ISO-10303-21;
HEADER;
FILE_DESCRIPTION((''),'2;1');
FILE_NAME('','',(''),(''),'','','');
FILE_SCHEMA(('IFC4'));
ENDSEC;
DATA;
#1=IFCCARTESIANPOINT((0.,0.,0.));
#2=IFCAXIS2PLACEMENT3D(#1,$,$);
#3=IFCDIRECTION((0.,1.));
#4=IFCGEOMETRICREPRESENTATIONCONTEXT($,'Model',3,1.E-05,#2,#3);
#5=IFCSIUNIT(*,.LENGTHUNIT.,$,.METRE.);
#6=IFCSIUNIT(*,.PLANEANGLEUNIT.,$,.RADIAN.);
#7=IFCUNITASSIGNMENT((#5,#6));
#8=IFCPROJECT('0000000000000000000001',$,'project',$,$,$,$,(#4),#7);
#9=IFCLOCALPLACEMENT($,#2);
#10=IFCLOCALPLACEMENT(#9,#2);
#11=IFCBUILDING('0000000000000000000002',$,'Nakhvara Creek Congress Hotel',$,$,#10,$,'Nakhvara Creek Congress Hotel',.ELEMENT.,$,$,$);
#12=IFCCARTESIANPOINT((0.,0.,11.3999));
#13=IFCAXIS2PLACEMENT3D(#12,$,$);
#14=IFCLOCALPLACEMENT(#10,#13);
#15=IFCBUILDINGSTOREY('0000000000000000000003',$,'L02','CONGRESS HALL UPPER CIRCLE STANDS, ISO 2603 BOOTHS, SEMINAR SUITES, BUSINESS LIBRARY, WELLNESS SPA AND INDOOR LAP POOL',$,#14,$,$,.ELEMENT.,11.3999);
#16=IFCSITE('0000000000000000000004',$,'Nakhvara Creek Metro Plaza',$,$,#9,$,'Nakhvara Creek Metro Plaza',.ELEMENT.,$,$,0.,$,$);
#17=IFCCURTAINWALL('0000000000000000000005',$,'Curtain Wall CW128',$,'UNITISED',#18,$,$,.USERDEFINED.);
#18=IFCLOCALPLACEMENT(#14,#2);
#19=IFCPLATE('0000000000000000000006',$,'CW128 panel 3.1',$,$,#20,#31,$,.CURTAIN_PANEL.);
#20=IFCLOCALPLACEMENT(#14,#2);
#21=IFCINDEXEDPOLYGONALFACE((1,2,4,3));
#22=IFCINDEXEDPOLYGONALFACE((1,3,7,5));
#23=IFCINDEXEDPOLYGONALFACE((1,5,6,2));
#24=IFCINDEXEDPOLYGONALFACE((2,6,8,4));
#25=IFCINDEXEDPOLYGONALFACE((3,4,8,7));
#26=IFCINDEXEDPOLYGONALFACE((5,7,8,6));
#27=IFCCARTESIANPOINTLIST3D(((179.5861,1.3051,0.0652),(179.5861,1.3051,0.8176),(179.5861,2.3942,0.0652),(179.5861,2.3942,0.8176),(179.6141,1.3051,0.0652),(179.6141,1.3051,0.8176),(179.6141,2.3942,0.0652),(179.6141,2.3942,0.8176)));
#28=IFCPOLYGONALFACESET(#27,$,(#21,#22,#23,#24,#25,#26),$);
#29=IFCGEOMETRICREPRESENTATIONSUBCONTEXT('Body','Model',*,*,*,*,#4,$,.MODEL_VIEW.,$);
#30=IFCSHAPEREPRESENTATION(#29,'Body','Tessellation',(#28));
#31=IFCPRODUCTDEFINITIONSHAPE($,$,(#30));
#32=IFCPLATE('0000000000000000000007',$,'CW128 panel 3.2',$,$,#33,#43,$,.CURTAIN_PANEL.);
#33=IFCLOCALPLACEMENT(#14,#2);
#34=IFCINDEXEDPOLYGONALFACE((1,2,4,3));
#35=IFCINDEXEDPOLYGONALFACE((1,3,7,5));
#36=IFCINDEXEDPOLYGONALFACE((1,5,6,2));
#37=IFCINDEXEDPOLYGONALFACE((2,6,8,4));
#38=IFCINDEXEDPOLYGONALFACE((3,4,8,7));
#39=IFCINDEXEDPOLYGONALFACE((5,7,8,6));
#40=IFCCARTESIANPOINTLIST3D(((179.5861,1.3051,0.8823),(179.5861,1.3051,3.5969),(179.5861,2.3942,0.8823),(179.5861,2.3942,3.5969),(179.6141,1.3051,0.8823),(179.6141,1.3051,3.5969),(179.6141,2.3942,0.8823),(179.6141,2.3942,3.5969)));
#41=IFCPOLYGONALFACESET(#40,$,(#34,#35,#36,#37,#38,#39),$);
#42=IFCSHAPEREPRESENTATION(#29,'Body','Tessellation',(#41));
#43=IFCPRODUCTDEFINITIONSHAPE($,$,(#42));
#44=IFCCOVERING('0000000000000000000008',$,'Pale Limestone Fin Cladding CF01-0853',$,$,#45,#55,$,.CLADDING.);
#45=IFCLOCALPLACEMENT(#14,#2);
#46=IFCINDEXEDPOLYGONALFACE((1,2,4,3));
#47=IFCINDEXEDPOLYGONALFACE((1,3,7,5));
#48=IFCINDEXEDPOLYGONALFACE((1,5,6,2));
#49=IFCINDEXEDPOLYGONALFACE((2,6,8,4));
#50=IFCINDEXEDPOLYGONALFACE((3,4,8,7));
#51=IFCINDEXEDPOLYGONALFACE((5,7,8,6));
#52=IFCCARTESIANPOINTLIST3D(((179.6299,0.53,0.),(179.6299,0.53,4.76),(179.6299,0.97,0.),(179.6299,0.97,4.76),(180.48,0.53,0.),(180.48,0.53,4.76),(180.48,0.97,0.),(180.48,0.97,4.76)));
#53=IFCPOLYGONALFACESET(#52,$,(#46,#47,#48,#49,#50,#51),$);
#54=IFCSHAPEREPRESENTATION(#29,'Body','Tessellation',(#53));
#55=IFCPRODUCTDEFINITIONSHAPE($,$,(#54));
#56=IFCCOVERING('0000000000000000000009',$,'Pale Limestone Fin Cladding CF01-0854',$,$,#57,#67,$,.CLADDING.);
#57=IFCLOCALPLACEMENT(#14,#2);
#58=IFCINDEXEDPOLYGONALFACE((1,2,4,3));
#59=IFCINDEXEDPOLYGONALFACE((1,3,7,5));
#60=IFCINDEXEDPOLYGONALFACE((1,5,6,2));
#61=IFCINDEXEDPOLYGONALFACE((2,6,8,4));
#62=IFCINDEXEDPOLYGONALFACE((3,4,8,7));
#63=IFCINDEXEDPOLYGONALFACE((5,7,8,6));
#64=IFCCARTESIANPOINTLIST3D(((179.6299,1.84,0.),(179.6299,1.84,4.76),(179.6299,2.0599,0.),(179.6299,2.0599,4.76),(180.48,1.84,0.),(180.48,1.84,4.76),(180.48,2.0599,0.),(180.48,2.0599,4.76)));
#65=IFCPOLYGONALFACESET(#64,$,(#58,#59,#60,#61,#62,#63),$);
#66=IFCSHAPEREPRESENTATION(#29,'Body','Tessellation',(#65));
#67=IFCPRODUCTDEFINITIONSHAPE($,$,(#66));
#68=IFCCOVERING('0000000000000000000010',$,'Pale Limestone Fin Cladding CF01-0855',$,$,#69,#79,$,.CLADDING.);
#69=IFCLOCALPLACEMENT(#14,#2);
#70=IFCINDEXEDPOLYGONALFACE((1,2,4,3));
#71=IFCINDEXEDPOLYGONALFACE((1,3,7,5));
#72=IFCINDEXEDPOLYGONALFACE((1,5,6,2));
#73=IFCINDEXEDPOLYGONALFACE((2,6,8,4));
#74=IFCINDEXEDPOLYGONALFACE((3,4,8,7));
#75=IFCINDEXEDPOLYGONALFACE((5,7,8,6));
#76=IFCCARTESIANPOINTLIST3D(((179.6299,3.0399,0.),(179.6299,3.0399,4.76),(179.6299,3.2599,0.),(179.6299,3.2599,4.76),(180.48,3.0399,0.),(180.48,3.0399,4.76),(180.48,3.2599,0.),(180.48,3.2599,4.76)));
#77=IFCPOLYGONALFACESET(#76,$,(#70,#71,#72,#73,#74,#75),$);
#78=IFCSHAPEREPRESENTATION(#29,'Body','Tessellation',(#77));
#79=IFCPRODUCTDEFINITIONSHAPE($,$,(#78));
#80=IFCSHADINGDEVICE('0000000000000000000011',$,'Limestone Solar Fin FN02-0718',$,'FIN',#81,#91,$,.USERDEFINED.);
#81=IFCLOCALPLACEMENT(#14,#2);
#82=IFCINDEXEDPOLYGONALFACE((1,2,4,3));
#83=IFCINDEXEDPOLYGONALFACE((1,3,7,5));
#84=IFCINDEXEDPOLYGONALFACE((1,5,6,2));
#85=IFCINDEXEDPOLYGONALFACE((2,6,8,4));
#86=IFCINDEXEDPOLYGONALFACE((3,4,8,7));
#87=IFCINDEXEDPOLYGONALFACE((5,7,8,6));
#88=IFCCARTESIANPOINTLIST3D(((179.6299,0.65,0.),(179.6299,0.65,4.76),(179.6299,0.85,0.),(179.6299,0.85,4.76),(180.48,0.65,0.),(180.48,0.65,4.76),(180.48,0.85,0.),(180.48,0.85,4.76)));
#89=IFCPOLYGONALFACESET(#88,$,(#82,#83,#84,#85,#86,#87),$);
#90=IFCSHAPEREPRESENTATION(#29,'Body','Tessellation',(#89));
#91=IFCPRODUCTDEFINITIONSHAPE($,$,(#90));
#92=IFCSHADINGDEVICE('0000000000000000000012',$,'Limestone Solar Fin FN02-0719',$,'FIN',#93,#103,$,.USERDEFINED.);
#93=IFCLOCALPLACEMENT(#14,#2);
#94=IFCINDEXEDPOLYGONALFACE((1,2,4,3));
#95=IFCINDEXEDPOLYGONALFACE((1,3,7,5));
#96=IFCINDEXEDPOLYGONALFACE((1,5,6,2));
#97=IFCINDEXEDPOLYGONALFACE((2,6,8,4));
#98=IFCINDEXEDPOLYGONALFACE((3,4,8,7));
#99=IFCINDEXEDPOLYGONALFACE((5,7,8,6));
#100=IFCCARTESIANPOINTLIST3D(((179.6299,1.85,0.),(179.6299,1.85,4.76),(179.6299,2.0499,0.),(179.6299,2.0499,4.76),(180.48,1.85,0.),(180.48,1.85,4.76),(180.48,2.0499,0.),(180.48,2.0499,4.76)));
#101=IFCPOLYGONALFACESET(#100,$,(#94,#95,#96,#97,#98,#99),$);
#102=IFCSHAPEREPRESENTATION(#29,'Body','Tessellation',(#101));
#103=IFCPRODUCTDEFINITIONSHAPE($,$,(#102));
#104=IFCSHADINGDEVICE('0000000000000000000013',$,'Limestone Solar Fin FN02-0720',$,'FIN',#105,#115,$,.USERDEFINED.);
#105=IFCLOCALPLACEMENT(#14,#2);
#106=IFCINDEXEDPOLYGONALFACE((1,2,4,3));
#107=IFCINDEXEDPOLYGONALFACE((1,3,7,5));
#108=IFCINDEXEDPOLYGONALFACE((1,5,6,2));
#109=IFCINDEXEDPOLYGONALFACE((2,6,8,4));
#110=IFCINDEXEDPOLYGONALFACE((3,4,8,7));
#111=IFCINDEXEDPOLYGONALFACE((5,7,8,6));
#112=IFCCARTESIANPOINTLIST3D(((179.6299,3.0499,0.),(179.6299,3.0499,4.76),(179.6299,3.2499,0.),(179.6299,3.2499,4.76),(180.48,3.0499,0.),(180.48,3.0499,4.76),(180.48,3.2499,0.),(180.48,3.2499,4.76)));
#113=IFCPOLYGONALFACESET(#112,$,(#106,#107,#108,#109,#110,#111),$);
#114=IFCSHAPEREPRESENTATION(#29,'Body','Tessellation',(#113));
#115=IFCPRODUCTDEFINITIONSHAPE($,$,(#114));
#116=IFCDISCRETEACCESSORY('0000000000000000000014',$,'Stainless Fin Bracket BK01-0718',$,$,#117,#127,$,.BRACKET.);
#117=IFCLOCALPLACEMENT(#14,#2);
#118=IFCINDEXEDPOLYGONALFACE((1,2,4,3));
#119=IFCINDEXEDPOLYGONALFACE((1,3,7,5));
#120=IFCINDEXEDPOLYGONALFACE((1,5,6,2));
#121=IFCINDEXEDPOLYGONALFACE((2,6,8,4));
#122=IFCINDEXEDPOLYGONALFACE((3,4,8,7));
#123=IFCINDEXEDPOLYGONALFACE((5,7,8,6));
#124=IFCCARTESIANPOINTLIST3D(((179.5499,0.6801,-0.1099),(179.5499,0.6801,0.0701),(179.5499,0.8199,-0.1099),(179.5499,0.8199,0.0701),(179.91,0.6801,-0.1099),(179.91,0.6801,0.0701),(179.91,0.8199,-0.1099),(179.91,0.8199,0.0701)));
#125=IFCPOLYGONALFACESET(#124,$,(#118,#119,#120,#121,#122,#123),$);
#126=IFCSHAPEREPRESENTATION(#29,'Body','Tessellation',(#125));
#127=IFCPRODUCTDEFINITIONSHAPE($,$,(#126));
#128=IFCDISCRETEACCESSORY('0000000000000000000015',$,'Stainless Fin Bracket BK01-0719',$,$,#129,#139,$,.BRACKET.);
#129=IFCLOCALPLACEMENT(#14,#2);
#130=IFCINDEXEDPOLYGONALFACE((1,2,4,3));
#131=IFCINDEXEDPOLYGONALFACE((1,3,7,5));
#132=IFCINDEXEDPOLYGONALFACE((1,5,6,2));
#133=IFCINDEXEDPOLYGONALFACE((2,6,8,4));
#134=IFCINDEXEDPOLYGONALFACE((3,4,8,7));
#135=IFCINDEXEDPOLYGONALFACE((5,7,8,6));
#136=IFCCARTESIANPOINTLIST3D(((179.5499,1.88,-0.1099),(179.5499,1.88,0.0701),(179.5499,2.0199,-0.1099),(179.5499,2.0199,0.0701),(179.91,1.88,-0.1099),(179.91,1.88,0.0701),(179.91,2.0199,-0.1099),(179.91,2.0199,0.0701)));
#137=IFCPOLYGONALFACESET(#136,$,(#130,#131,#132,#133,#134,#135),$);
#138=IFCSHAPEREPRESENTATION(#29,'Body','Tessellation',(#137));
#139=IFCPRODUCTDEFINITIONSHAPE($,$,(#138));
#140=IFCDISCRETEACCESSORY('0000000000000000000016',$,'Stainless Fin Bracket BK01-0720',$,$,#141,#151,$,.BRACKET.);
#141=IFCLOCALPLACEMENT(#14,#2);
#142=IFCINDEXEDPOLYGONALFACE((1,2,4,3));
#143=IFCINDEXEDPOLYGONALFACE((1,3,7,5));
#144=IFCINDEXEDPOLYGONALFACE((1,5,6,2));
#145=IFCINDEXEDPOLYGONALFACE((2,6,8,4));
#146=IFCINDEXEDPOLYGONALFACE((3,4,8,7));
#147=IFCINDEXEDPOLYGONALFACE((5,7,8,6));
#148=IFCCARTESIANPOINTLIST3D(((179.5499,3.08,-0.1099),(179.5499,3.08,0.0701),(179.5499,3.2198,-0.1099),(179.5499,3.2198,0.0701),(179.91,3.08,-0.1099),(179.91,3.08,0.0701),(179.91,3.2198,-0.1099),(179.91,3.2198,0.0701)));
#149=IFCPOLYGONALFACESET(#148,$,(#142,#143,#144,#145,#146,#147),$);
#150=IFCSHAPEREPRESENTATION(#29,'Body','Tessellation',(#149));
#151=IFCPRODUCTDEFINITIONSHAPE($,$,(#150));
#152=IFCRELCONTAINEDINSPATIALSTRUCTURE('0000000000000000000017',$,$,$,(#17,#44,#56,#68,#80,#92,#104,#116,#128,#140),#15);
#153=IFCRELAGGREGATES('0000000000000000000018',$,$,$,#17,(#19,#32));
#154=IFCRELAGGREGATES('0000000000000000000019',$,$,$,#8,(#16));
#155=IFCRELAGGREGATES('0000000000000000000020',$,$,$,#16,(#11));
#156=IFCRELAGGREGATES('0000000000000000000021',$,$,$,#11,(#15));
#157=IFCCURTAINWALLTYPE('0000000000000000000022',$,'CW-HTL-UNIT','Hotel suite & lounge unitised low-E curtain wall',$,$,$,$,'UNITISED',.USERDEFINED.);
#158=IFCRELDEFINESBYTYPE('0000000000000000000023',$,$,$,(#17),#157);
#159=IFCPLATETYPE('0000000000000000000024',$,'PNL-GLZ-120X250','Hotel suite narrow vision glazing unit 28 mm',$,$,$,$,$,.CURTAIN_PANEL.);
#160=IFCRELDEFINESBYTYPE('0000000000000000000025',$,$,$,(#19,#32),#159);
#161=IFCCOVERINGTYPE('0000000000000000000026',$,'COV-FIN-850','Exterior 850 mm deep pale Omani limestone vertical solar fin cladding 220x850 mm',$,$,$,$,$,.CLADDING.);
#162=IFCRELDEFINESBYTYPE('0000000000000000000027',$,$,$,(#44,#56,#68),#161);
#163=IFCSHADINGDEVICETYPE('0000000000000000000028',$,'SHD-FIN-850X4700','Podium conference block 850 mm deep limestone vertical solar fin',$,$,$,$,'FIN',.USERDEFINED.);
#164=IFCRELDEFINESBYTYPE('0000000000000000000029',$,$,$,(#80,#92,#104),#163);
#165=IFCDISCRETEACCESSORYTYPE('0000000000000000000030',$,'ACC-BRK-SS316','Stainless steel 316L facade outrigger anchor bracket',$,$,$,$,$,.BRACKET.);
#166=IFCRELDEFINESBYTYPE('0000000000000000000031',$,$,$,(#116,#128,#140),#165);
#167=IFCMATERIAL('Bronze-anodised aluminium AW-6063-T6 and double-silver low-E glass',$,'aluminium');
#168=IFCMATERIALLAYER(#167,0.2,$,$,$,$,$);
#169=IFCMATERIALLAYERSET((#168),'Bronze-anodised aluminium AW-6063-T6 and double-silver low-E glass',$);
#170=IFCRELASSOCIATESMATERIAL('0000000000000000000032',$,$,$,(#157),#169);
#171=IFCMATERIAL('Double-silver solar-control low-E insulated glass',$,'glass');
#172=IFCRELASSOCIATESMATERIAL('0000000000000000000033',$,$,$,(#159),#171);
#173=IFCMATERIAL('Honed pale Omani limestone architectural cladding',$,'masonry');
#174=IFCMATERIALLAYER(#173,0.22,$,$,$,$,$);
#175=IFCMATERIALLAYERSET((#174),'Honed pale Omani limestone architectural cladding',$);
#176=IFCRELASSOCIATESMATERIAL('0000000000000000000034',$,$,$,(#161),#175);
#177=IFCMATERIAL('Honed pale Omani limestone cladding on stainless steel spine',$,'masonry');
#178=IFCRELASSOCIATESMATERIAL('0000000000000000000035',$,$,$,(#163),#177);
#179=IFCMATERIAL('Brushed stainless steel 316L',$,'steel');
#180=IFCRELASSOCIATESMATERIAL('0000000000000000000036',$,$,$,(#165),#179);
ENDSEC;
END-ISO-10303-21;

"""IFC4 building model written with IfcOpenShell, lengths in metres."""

from ifc_helpers import new_model, si_unit, direction, frame, origin, origin_2d, place, context, subcontext, project, spatial, rectangle, extrude, material, layer, layer_set, type_object, element, aggregate, save


model = new_model("IFC4")

# Units and contexts
model_context = context("Model", 3, precision=1e-05, world=origin(), true_north=direction((0.0, 1.0)))
body_context = subcontext(model_context, "Body", "Model", "MODEL_VIEW")
ifc_project = project(units=[si_unit("LENGTHUNIT", "METRE"), si_unit("PLANEANGLEUNIT", "RADIAN")], contexts=[model_context])

# Site, building, storey
site_placement = place(None, origin())
site = spatial("IfcSite", under=ifc_project, at=site_placement, Name="Nakhvara Creek Metro Plaza", LongName="Nakhvara Creek Metro Plaza", CompositionType="ELEMENT", RefElevation=0.0)
building_placement = place(site_placement, origin())
building = spatial("IfcBuilding", under=site, at=building_placement, Name="Nakhvara Creek Congress Hotel", LongName="Nakhvara Creek Congress Hotel", CompositionType="ELEMENT")
storey_placement = place(building_placement, frame((0.0, 0.0, 11.3999)))
storey = spatial("IfcBuildingStorey", under=building, at=storey_placement, Name="L02", Description="CONGRESS HALL UPPER CIRCLE STANDS, ISO 2603 BOOTHS, SEMINAR SUITES, BUSINESS LIBRARY, WELLNESS SPA AND INDOOR LAP POOL", CompositionType="ELEMENT", Elevation=11.3999)

# Curtain wall, plates
ifc_material_1 = material(Name="Bronze-anodised aluminium AW-6063-T6 and double-silver low-E glass", Category="aluminium")
ifc_layer_1 = layer(ifc_material_1, 0.2)
ifc_layer_set_1 = layer_set([ifc_layer_1], Name="Bronze-anodised aluminium AW-6063-T6 and double-silver low-E glass")
curtain_wall_type = type_object("IfcCurtainWallType", Name="CW-HTL-UNIT", Description="Hotel suite & lounge unitised low-E curtain wall", ElementType="UNITISED", PredefinedType="USERDEFINED", material=ifc_layer_set_1)
curtain_wall_placement = place(storey_placement, origin())
curtain_wall = element("IfcCurtainWall", 1, at=curtain_wall_placement, inside=storey, type_object=curtain_wall_type, Name="Curtain Wall CW128", ObjectType="UNITISED", PredefinedType="USERDEFINED")
ifc_material_2 = material(Name="Double-silver solar-control low-E insulated glass", Category="glass")
plate_type = type_object("IfcPlateType", Name="PNL-GLZ-120X250", Description="Hotel suite narrow vision glazing unit 28 mm", PredefinedType="CURTAIN_PANEL", material=ifc_material_2)
plate_1_placement = place(storey_placement, frame((179.6001, 1.8496, 0.0652), z_axis=(0.0, 0.0, 1.0), x_axis=(0.0, -1.0, 0.0)))
plate_1 = element("IfcPlate", 2, at=plate_1_placement, type_object=plate_type, Name="CW128 panel 3.1", PredefinedType="CURTAIN_PANEL", context=body_context, shape_type="SweptSolid", body=[
    extrude(rectangle(XDim=1.0891, YDim=0.0281, at=origin_2d()), origin(), (0.0, 0.0, 1.0), 0.7524),
])
plate_2_placement = place(storey_placement, frame((179.6001, 1.8496, 0.8823), z_axis=(0.0, 0.0, 1.0), x_axis=(0.0, -1.0, 0.0)))
plate_2 = element("IfcPlate", 3, at=plate_2_placement, type_object=plate_type, Name="CW128 panel 3.2", PredefinedType="CURTAIN_PANEL", context=body_context, shape_type="SweptSolid", body=[
    extrude(rectangle(XDim=1.0891, YDim=0.0281, at=origin_2d()), origin(), (0.0, 0.0, 1.0), 2.7146),
])
aggregate(curtain_wall, [plate_1, plate_2])

# Coverings
ifc_material_3 = material(Name="Honed pale Omani limestone architectural cladding", Category="masonry")
ifc_layer_2 = layer(ifc_material_3, 0.22)
ifc_layer_set_2 = layer_set([ifc_layer_2], Name="Honed pale Omani limestone architectural cladding")
covering_type = type_object("IfcCoveringType", Name="COV-FIN-850", Description="Exterior 850 mm deep pale Omani limestone vertical solar fin cladding 220x850 mm", PredefinedType="CLADDING", material=ifc_layer_set_2)
covering_placement = place(storey_placement, frame((180.0549, 0.75, 0.0), z_axis=(0.0, 0.0, 1.0), x_axis=(0.0, 1.0, 0.0)))
element("IfcCovering", 4, at=covering_placement, inside=storey, type_object=covering_type, Name="Pale Limestone Fin Cladding CF01-0853", PredefinedType="CLADDING", context=body_context, shape_type="SweptSolid", body=[
    extrude(rectangle(XDim=0.4399, YDim=0.8501, at=origin_2d()), origin(), (0.0, 0.0, 1.0), 4.76),
])
for number, where, z_axis, x_axis, name in (
    (5, (180.0549, 1.95, 0.0), (0.0, 0.0, 1.0), (0.0, 1.0, 0.0), "Pale Limestone Fin Cladding CF01-0854"),
    (6, (180.0549, 3.1499, 0.0), (0.0, 0.0, 1.0), (0.0, 1.0, 0.0), "Pale Limestone Fin Cladding CF01-0855"),
):
    element("IfcCovering", number, at=place(storey_placement, frame(where, z_axis=z_axis, x_axis=x_axis)), inside=storey, type_object=covering_type, Name=name, PredefinedType="CLADDING", context=body_context, shape_type="SweptSolid", body=[
        extrude(rectangle(XDim=0.22, YDim=0.8501, at=origin_2d()), origin(), (0.0, 0.0, 1.0), 4.76),
    ])

# Shared definitions
ifc_material_4 = material(Name="Brushed stainless steel 316L", Category="steel")

# Shading devices
ifc_material_5 = material(Name="Honed pale Omani limestone cladding on stainless steel spine", Category="masonry")
shading_device_type = type_object("IfcShadingDeviceType", Name="SHD-FIN-850X4700", Description="Podium conference block 850 mm deep limestone vertical solar fin", ElementType="FIN", PredefinedType="USERDEFINED", material=ifc_material_5)
for number, where, z_axis, x_axis, name in (
    (7, (180.0549, 0.75, 0.0), (0.0, 0.0, 1.0), (0.0, 1.0, 0.0), "Limestone Solar Fin FN02-0718"),
    (8, (180.0549, 1.95, 0.0), (0.0, 0.0, 1.0), (0.0, 1.0, 0.0), "Limestone Solar Fin FN02-0719"),
    (9, (180.0549, 3.1499, 0.0), (0.0, 0.0, 1.0), (0.0, 1.0, 0.0), "Limestone Solar Fin FN02-0720"),
):
    element("IfcShadingDevice", number, at=place(storey_placement, frame(where, z_axis=z_axis, x_axis=x_axis)), inside=storey, type_object=shading_device_type, Name=name, ObjectType="FIN", PredefinedType="USERDEFINED", context=body_context, shape_type="SweptSolid", body=[
        extrude(rectangle(XDim=0.2, YDim=0.8501, at=origin_2d()), origin(), (0.0, 0.0, 1.0), 4.76),
    ])

# Discrete accessories
discrete_accessory_type = type_object("IfcDiscreteAccessoryType", Name="ACC-BRK-SS316", Description="Stainless steel 316L facade outrigger anchor bracket", PredefinedType="BRACKET", material=ifc_material_4)
for number, where, z_axis, x_axis, name in (
    (10, (179.73, 0.75, -0.1099), (0.0, 0.0, 1.0), (0.0, 1.0, 0.0), "Stainless Fin Bracket BK01-0718"),
    (11, (179.73, 1.95, -0.1099), (0.0, 0.0, 1.0), (0.0, 1.0, 0.0), "Stainless Fin Bracket BK01-0719"),
    (12, (179.73, 3.1499, -0.1099), (0.0, 0.0, 1.0), (0.0, 1.0, 0.0), "Stainless Fin Bracket BK01-0720"),
):
    element("IfcDiscreteAccessory", number, at=place(storey_placement, frame(where, z_axis=z_axis, x_axis=x_axis)), inside=storey, type_object=discrete_accessory_type, Name=name, PredefinedType="BRACKET", context=body_context, shape_type="SweptSolid", body=[
        extrude(rectangle(XDim=0.1399, YDim=0.3601, at=origin_2d()), origin(), (0.0, 0.0, 1.0), 0.1799),
    ])

save(model, "model.ifc")
